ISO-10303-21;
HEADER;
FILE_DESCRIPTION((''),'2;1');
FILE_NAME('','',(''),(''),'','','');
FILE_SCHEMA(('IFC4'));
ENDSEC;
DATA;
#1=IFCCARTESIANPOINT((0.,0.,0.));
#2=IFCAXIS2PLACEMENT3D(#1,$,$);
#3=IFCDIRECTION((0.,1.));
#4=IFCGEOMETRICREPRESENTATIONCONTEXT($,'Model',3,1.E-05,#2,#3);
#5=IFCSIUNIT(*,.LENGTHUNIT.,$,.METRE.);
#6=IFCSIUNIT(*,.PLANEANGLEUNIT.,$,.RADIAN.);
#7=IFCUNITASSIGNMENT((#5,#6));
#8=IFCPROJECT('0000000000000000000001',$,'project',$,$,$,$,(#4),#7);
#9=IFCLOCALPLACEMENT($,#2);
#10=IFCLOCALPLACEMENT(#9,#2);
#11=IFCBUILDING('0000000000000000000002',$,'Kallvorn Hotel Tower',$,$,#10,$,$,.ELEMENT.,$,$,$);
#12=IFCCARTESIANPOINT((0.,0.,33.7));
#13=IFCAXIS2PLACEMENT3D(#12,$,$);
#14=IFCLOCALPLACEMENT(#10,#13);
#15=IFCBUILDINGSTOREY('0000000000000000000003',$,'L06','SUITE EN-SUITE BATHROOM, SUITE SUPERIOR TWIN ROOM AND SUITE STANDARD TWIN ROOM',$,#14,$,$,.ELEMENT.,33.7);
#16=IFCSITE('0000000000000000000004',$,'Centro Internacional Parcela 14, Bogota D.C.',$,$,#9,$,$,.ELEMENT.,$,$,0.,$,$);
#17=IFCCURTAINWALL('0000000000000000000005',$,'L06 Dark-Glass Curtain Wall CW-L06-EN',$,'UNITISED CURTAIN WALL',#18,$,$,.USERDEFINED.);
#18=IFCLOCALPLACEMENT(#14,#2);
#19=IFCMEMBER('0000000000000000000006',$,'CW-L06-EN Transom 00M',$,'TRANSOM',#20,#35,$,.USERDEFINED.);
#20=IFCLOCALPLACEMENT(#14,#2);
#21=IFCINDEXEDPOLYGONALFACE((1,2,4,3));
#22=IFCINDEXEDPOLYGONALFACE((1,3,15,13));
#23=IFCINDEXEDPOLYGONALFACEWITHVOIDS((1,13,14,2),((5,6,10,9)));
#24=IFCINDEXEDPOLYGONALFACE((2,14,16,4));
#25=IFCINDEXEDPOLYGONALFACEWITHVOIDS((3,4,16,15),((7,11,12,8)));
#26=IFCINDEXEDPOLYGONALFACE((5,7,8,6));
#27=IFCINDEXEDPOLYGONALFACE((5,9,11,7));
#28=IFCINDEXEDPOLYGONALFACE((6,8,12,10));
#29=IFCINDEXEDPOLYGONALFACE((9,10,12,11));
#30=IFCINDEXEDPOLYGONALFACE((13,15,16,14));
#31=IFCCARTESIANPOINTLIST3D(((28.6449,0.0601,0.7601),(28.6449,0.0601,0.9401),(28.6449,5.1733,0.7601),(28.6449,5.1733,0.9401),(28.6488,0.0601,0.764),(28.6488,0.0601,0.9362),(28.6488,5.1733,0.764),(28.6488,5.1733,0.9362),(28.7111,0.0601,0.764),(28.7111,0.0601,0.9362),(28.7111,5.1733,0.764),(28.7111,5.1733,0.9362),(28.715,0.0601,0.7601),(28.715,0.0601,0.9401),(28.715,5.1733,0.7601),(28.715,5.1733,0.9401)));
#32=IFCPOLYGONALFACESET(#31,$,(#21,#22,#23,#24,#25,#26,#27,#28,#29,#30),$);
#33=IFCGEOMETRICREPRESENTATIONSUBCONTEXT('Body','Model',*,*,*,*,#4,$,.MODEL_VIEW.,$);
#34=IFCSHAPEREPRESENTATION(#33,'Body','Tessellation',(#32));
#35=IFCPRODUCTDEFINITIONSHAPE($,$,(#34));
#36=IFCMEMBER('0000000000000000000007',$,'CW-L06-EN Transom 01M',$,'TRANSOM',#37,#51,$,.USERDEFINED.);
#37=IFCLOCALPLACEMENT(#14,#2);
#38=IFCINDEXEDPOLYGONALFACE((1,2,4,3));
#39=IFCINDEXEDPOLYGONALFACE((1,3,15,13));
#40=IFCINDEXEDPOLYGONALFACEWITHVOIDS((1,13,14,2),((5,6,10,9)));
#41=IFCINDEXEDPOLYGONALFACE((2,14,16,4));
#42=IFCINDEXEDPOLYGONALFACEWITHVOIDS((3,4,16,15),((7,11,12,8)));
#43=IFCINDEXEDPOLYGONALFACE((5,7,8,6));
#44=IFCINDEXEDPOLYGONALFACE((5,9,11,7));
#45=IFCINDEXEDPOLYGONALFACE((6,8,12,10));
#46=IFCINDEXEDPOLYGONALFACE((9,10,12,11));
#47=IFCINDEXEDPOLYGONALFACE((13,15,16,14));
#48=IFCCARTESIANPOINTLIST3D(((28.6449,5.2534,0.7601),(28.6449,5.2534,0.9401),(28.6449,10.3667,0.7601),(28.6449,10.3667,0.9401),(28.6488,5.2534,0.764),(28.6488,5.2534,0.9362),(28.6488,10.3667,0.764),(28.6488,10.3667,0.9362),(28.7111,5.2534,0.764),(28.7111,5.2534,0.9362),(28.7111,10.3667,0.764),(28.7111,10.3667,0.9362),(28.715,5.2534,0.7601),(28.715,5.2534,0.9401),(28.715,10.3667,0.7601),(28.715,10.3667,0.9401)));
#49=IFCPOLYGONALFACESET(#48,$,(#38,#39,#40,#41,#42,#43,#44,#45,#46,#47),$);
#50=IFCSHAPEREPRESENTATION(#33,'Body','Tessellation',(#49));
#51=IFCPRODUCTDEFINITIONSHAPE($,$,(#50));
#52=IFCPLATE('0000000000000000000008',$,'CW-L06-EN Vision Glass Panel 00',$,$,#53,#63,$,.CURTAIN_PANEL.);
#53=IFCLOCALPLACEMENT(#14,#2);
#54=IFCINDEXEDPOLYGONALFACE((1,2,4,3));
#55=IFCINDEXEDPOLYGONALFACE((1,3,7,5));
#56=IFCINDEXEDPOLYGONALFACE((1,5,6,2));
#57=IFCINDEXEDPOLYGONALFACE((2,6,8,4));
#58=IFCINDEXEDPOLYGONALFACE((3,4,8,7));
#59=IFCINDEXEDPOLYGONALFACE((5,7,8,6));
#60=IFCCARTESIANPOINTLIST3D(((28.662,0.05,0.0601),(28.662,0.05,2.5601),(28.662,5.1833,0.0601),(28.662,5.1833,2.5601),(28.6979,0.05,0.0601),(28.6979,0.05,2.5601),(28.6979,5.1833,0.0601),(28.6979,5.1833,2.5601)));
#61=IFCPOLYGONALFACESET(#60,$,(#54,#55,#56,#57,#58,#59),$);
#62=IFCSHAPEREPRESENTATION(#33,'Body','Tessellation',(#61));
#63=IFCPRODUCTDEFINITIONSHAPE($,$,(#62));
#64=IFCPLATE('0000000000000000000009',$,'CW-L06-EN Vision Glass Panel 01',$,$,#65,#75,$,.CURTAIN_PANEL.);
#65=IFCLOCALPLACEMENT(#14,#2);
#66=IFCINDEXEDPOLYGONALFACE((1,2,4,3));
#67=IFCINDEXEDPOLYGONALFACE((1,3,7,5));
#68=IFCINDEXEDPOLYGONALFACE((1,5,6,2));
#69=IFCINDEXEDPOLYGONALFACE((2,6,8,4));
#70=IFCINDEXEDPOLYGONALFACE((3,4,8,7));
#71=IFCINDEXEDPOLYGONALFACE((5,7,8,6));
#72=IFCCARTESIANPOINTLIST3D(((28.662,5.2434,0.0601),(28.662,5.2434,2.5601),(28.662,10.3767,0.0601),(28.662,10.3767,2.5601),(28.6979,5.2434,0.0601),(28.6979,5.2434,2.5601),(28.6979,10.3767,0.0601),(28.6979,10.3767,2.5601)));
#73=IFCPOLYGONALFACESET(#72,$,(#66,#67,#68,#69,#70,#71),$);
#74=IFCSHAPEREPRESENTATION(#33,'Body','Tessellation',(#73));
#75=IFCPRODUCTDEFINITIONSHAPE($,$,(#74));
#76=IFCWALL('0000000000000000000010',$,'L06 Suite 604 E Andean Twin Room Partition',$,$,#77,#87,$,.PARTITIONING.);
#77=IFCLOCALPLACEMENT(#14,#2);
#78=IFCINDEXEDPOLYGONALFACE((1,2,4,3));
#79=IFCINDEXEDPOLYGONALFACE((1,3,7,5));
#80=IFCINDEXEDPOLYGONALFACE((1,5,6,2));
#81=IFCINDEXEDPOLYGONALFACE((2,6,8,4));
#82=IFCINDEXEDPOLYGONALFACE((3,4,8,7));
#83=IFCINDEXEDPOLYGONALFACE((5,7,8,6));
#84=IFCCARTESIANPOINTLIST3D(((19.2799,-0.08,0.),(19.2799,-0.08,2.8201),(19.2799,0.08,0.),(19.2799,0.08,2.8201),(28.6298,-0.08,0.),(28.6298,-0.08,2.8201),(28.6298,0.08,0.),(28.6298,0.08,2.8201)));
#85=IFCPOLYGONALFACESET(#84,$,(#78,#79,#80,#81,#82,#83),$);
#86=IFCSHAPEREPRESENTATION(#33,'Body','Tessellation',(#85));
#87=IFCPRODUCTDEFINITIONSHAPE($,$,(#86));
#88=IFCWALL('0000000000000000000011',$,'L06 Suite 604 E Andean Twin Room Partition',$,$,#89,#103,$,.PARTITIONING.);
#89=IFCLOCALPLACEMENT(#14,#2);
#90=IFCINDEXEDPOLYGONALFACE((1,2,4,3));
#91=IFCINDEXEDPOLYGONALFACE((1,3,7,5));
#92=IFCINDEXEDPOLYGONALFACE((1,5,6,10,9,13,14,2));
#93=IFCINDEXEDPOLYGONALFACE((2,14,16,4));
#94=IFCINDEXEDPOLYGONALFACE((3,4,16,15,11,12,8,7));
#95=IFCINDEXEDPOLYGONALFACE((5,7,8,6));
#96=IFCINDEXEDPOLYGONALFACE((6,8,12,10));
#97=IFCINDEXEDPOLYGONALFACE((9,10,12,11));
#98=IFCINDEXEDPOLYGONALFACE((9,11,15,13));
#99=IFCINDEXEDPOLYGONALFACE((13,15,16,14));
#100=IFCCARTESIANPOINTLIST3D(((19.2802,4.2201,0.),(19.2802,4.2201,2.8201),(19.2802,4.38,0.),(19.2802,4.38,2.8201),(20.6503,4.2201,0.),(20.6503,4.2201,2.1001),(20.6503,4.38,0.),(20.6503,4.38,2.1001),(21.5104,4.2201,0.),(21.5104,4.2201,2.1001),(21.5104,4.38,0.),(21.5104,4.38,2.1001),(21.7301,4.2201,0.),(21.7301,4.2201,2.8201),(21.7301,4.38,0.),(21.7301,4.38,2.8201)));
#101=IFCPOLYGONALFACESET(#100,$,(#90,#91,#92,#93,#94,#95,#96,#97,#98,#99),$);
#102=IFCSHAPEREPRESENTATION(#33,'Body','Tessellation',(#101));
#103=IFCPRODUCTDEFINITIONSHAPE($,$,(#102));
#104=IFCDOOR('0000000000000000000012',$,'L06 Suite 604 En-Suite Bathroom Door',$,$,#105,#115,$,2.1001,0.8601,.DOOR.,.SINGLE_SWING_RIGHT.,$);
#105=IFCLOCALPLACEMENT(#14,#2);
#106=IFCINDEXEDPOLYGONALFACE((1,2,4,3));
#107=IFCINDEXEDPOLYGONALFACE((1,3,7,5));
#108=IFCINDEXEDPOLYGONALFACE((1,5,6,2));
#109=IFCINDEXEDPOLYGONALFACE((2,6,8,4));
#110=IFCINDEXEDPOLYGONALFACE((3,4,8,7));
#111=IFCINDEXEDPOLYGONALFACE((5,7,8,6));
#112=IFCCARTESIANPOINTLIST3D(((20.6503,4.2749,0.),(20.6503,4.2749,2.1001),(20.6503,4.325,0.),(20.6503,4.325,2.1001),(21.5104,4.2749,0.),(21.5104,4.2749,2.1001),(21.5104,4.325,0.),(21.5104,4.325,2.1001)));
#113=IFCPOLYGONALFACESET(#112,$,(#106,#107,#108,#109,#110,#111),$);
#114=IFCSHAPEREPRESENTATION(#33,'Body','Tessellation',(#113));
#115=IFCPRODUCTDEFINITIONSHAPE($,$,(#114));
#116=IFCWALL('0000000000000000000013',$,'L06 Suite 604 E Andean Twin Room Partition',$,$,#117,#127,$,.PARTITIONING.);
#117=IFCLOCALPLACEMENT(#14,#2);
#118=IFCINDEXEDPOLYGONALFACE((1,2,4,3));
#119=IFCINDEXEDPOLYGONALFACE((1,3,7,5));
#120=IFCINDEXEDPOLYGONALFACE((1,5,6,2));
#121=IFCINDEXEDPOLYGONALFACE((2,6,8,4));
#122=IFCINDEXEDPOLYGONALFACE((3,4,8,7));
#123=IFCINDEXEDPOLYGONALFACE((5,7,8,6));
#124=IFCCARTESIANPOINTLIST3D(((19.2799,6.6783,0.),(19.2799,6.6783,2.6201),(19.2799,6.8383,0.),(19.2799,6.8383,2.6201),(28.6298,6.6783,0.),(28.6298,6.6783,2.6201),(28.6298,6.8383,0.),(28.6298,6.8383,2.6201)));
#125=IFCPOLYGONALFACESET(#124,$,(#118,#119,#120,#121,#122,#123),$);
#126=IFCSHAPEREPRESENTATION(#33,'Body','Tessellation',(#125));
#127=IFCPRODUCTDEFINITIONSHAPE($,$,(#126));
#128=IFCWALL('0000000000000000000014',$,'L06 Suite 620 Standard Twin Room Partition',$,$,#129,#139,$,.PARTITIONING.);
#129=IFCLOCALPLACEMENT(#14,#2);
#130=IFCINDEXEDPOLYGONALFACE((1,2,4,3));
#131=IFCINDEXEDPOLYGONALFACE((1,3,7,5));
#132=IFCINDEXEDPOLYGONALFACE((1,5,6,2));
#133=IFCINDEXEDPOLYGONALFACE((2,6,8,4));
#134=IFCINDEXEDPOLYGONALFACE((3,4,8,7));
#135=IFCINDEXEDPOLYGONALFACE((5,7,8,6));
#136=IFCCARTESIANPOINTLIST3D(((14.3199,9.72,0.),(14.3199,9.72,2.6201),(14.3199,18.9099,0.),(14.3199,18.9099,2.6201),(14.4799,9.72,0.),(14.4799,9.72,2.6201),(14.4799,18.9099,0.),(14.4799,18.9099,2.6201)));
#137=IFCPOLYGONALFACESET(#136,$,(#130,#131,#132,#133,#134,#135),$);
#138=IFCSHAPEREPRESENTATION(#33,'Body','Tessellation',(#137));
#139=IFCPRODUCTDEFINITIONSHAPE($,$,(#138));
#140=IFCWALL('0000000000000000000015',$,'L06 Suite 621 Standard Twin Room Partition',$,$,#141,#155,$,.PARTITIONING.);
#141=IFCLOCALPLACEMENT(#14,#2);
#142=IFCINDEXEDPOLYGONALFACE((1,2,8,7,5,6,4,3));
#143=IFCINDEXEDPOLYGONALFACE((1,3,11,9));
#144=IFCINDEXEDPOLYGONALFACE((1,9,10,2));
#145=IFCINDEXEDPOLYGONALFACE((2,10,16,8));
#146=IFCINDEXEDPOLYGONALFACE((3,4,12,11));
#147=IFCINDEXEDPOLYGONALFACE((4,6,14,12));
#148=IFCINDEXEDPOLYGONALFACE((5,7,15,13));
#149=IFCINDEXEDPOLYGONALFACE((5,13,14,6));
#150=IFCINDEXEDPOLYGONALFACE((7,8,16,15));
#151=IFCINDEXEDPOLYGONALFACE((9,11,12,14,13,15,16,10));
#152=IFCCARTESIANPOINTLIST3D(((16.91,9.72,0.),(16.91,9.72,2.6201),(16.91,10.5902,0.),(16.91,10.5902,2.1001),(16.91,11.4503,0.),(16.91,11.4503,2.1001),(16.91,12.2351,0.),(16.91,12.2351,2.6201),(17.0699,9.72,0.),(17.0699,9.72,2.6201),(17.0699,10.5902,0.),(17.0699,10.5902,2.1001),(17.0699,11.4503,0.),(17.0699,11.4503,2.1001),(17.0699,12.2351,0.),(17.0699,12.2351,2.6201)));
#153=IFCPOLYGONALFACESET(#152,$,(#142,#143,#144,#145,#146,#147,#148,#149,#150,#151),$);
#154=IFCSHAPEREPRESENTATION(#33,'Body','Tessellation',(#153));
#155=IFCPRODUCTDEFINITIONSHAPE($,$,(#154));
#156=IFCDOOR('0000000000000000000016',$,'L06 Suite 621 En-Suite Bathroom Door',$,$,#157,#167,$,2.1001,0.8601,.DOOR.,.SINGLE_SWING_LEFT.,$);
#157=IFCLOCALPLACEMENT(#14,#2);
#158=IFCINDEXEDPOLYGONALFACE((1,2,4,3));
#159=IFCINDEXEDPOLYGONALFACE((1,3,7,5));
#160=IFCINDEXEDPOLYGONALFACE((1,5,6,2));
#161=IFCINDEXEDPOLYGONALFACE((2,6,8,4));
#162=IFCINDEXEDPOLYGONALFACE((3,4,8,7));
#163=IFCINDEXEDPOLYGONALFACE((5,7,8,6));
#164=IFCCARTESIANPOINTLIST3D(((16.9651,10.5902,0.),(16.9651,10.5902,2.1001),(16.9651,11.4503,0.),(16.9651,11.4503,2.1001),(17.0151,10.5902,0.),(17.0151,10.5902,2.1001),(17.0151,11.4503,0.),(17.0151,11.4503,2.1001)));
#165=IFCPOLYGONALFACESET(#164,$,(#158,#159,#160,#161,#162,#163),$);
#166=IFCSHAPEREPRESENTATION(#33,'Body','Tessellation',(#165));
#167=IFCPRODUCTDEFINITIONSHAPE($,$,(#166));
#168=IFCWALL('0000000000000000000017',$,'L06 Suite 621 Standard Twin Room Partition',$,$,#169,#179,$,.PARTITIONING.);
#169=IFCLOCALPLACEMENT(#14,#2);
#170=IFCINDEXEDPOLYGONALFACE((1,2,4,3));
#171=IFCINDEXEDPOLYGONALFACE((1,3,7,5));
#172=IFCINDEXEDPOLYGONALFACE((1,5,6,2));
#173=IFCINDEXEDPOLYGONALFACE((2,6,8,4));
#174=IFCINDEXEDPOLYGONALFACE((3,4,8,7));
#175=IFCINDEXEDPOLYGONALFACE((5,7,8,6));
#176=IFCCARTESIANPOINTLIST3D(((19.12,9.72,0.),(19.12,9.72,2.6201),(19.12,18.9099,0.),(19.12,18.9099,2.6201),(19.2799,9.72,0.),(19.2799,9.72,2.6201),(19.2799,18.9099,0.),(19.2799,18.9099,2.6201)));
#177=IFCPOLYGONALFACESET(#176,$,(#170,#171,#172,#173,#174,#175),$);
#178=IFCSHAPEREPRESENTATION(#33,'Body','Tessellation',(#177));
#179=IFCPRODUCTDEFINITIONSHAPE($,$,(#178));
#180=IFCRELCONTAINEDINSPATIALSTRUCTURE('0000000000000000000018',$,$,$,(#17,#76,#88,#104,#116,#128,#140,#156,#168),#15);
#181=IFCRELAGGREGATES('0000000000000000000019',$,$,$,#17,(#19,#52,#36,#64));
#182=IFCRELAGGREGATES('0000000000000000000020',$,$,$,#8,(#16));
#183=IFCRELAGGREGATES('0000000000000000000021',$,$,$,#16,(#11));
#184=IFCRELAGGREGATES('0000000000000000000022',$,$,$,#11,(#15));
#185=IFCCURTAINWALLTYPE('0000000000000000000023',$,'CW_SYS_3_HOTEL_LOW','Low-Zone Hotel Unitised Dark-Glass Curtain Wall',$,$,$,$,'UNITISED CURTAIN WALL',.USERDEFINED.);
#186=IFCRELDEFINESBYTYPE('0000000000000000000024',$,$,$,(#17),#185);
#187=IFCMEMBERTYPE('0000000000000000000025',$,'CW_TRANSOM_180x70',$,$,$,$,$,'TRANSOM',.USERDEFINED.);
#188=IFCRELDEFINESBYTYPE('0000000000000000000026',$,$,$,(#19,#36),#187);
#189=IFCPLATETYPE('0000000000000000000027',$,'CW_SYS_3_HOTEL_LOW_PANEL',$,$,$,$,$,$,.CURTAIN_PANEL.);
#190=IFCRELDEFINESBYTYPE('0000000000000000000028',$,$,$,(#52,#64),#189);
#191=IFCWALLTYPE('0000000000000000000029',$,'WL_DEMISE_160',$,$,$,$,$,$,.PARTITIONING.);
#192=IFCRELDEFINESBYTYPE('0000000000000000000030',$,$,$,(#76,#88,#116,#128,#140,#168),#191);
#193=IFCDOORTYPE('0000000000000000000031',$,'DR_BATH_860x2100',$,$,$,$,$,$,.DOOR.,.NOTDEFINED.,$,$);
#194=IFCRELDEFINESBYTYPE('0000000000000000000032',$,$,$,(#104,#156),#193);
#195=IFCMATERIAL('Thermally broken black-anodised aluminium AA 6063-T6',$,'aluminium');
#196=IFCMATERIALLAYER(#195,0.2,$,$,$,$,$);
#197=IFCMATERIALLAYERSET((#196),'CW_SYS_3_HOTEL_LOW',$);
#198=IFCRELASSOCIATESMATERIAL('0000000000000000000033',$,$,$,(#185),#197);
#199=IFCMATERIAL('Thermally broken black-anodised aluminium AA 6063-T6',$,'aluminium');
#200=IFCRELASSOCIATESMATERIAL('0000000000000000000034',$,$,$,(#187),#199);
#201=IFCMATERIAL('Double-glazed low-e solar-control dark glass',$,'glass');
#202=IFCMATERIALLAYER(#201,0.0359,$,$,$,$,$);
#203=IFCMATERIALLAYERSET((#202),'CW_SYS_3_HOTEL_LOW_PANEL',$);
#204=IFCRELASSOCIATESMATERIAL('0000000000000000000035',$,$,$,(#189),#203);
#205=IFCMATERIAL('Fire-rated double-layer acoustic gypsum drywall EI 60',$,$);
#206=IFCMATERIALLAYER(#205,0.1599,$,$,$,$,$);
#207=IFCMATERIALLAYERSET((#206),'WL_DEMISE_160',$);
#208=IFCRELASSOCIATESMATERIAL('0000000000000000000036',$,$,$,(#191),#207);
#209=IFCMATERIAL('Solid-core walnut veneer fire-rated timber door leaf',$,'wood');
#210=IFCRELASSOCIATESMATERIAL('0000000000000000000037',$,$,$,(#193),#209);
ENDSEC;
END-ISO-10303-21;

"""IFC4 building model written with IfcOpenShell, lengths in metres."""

from ifc_helpers import new_model, si_unit, direction, frame, frame_2d, origin, origin_2d, place, context, subcontext, project, spatial, rectangle, hollow_rectangle, extrude, material, layer, layer_set, material_profile, profile_set, type_object, element, fill, aggregate, save


model = new_model("IFC4")

# Units and contexts
model_context = context("Model", 3, precision=1e-05, world=origin(), true_north=direction((0.0, 1.0)))
body_context = subcontext(model_context, "Body", "Model", "MODEL_VIEW")
ifc_project = project(units=[si_unit("LENGTHUNIT", "METRE"), si_unit("PLANEANGLEUNIT", "RADIAN")], contexts=[model_context])

# Site, building, storey
site_placement = place(None, origin())
site = spatial("IfcSite", under=ifc_project, at=site_placement, Name="Centro Internacional Parcela 14, Bogota D.C.", CompositionType="ELEMENT", RefElevation=0.0)
building_placement = place(site_placement, origin())
building = spatial("IfcBuilding", under=site, at=building_placement, Name="Kallvorn Hotel Tower", CompositionType="ELEMENT")
storey_placement = place(building_placement, frame((0.0, 0.0, 33.7)))
storey = spatial("IfcBuildingStorey", under=building, at=storey_placement, Name="L06", Description="SUITE EN-SUITE BATHROOM, SUITE SUPERIOR TWIN ROOM AND SUITE STANDARD TWIN ROOM", CompositionType="ELEMENT", Elevation=33.7)

# Curtain wall, members, plates
ifc_material_1 = material(Name="Thermally broken black-anodised aluminium AA 6063-T6", Category="aluminium")
ifc_layer_1 = layer(ifc_material_1, 0.2)
ifc_layer_set_1 = layer_set([ifc_layer_1], Name="CW_SYS_3_HOTEL_LOW")
curtain_wall_type = type_object("IfcCurtainWallType", Name="CW_SYS_3_HOTEL_LOW", Description="Low-Zone Hotel Unitised Dark-Glass Curtain Wall", ElementType="UNITISED CURTAIN WALL", PredefinedType="USERDEFINED", material=ifc_layer_set_1)
curtain_wall_placement = place(storey_placement, origin())
curtain_wall = element("IfcCurtainWall", 1, at=curtain_wall_placement, inside=storey, type_object=curtain_wall_type, Name="L06 Dark-Glass Curtain Wall CW-L06-EN", ObjectType="UNITISED CURTAIN WALL", PredefinedType="USERDEFINED")
ifc_material_2 = material(Name="Thermally broken black-anodised aluminium AA 6063-T6", Category="aluminium")
ifc_material_profile_1 = material_profile(ifc_material_2, hollow_rectangle(XDim=0.0701, YDim=0.1799, WallThickness=0.0039, at=origin_2d()), Name="TRN 180x70")
ifc_profile_set_1 = profile_set([ifc_material_profile_1], Name="Thermally broken black-anodised aluminium AA 6063-T6")
member_type_1 = type_object("IfcMemberType", Name="CW_TRANSOM_180x70", ElementType="TRANSOM", PredefinedType="USERDEFINED", material=ifc_profile_set_1)
member_1_placement = place(storey_placement, frame((28.6799, 0.0601, 0.8501), z_axis=(0.0, 1.0, 0.0), x_axis=(-1.0, 0.0, 0.0)))
member_1 = element("IfcMember", 2, at=member_1_placement, type_object=member_type_1, Name="CW-L06-EN Transom 00M", ObjectType="TRANSOM", PredefinedType="USERDEFINED", context=body_context, shape_type="SweptSolid", body=[
    extrude(hollow_rectangle(XDim=0.0701, YDim=0.1799, WallThickness=0.0039, at=origin_2d()), origin(), (0.0, 0.0, 1.0), 5.1133),
])
member_2_placement = place(storey_placement, frame((28.6799, 5.2534, 0.8501), z_axis=(0.0, 1.0, 0.0), x_axis=(-1.0, 0.0, 0.0)))
member_2 = element("IfcMember", 3, at=member_2_placement, type_object=member_type_1, Name="CW-L06-EN Transom 01M", ObjectType="TRANSOM", PredefinedType="USERDEFINED", context=body_context, shape_type="SweptSolid", body=[
    extrude(hollow_rectangle(XDim=0.0701, YDim=0.1799, WallThickness=0.0039, at=origin_2d()), origin(), (0.0, 0.0, 1.0), 5.1133),
])
ifc_material_3 = material(Name="Double-glazed low-e solar-control dark glass", Category="glass")
ifc_layer_2 = layer(ifc_material_3, 0.0359)
ifc_layer_set_2 = layer_set([ifc_layer_2], Name="CW_SYS_3_HOTEL_LOW_PANEL")
plate_type = type_object("IfcPlateType", Name="CW_SYS_3_HOTEL_LOW_PANEL", PredefinedType="CURTAIN_PANEL", material=ifc_layer_set_2)
plate_1_placement = place(storey_placement, frame((28.6799, 2.6167, 0.0601), z_axis=(0.0, 0.0, 1.0), x_axis=(0.0, 1.0, 0.0)))
plate_1 = element("IfcPlate", 4, at=plate_1_placement, type_object=plate_type, Name="CW-L06-EN Vision Glass Panel 00", PredefinedType="CURTAIN_PANEL", context=body_context, shape_type="SweptSolid", body=[
    extrude(rectangle(XDim=5.1333, YDim=0.0359, at=origin_2d()), origin(), (0.0, 0.0, 1.0), 2.5),
])
plate_2_placement = place(storey_placement, frame((28.6799, 7.8101, 0.0601), z_axis=(0.0, 0.0, 1.0), x_axis=(0.0, 1.0, 0.0)))
plate_2 = element("IfcPlate", 5, at=plate_2_placement, type_object=plate_type, Name="CW-L06-EN Vision Glass Panel 01", PredefinedType="CURTAIN_PANEL", context=body_context, shape_type="SweptSolid", body=[
    extrude(rectangle(XDim=5.1333, YDim=0.0359, at=origin_2d()), origin(), (0.0, 0.0, 1.0), 2.5),
])
aggregate(curtain_wall, [member_1, plate_1, member_2, plate_2])

# Wall
ifc_material_4 = material(Name="Fire-rated double-layer acoustic gypsum drywall EI 60")
ifc_layer_3 = layer(ifc_material_4, 0.1599)
ifc_layer_set_3 = layer_set([ifc_layer_3], Name="WL_DEMISE_160")
wall_type = type_object("IfcWallType", Name="WL_DEMISE_160", PredefinedType="PARTITIONING", material=ifc_layer_set_3)
wall_1_placement = place(storey_placement, frame((19.28, 0.0, 0.0), z_axis=(0.0, 0.0, 1.0), x_axis=(1.0, 0.0, 0.0)))
element("IfcWall", 6, at=wall_1_placement, inside=storey, type_object=wall_type, Name="L06 Suite 604 E Andean Twin Room Partition", PredefinedType="PARTITIONING", context=body_context, shape_type="SweptSolid", body=[
    extrude(rectangle(XDim=9.3499, YDim=0.1599, at=frame_2d((4.6748, 0.0))), origin(), (0.0, 0.0, 1.0), 2.8201),
])

# Wall, opening, door
wall_2_placement = place(storey_placement, frame((19.28, 4.3, 0.0), z_axis=(0.0, 0.0, 1.0), x_axis=(1.0, 0.0, 0.0)))
wall_2 = element("IfcWall", 7, at=wall_2_placement, inside=storey, type_object=wall_type, Name="L06 Suite 604 E Andean Twin Room Partition", PredefinedType="PARTITIONING", context=body_context, shape_type="SweptSolid", body=[
    extrude(rectangle(XDim=2.45, YDim=0.1599, at=frame_2d((1.2251, 0.0))), origin(), (0.0, 0.0, 1.0), 2.8201),
])
opening_1_placement = place(wall_2_placement, frame((1.3701, 0.0, 0.0)))
opening_1 = element("IfcOpeningElement", 8, at=opening_1_placement, cuts=wall_2, PredefinedType="OPENING", context=body_context, shape_type="SweptSolid", body=[
    extrude(rectangle(XDim=0.8601, YDim=2.1001, at=frame_2d((0.4302, 1.05))), frame((0.0, 0.095, 0.0), z_axis=(0.0, -1.0, 0.0), x_axis=(1.0, 0.0, 0.0)), (0.0, 0.0, 1.0), 0.1899),
])
ifc_material_5 = material(Name="Solid-core walnut veneer fire-rated timber door leaf", Category="wood")
door_type = type_object("IfcDoorType", Name="DR_BATH_860x2100", OperationType="NOTDEFINED", PredefinedType="DOOR", material=ifc_material_5)
door_1_placement = place(opening_1_placement, origin())
door_1 = element("IfcDoor", 9, at=door_1_placement, inside=storey, type_object=door_type, Name="L06 Suite 604 En-Suite Bathroom Door", OperationType="SINGLE_SWING_RIGHT", OverallHeight=2.1001, OverallWidth=0.8601, PredefinedType="DOOR", context=body_context, shape_type="SweptSolid", body=[
    extrude(rectangle(XDim=0.8601, YDim=2.1001, at=frame_2d((0.4302, 1.05))), frame((0.0, 0.0249, 0.0), z_axis=(0.0, -1.0, 0.0), x_axis=(1.0, 0.0, 0.0)), (0.0, 0.0, 1.0), 0.05),
])
fill(opening_1, door_1)

# Walls
wall_3_placement = place(storey_placement, frame((19.28, 6.7583, 0.0), z_axis=(0.0, 0.0, 1.0), x_axis=(1.0, 0.0, 0.0)))
element("IfcWall", 10, at=wall_3_placement, inside=storey, type_object=wall_type, Name="L06 Suite 604 E Andean Twin Room Partition", PredefinedType="PARTITIONING", context=body_context, shape_type="SweptSolid", body=[
    extrude(rectangle(XDim=9.3499, YDim=0.1599, at=frame_2d((4.6748, 0.0))), origin(), (0.0, 0.0, 1.0), 2.6201),
])
wall_4_placement = place(storey_placement, frame((14.3999, 9.72, 0.0), z_axis=(0.0, 0.0, 1.0), x_axis=(0.0, 1.0, 0.0)))
element("IfcWall", 11, at=wall_4_placement, inside=storey, type_object=wall_type, Name="L06 Suite 620 Standard Twin Room Partition", PredefinedType="PARTITIONING", context=body_context, shape_type="SweptSolid", body=[
    extrude(rectangle(XDim=9.1899, YDim=0.1599, at=frame_2d((4.595, 0.0))), origin(), (0.0, 0.0, 1.0), 2.6201),
])

# Wall, opening, door
wall_5_placement = place(storey_placement, frame((16.99, 9.72, 0.0), z_axis=(0.0, 0.0, 1.0), x_axis=(0.0, 1.0, 0.0)))
wall_5 = element("IfcWall", 12, at=wall_5_placement, inside=storey, type_object=wall_type, Name="L06 Suite 621 Standard Twin Room Partition", PredefinedType="PARTITIONING", context=body_context, shape_type="SweptSolid", body=[
    extrude(rectangle(XDim=2.5151, YDim=0.1599, at=frame_2d((1.2576, 0.0))), origin(), (0.0, 0.0, 1.0), 2.6201),
])
opening_2_placement = place(wall_5_placement, frame((0.8701, 0.0, 0.0)))
opening_2 = element("IfcOpeningElement", 13, at=opening_2_placement, cuts=wall_5, PredefinedType="OPENING", context=body_context, shape_type="SweptSolid", body=[
    extrude(rectangle(XDim=0.8601, YDim=2.1001, at=frame_2d((0.4302, 1.05))), frame((0.0, 0.095, 0.0), z_axis=(0.0, -1.0, 0.0), x_axis=(1.0, 0.0, 0.0)), (0.0, 0.0, 1.0), 0.1899),
])
door_2_placement = place(opening_2_placement, origin())
door_2 = element("IfcDoor", 14, at=door_2_placement, inside=storey, type_object=door_type, Name="L06 Suite 621 En-Suite Bathroom Door", OperationType="SINGLE_SWING_LEFT", OverallHeight=2.1001, OverallWidth=0.8601, PredefinedType="DOOR", context=body_context, shape_type="SweptSolid", body=[
    extrude(rectangle(XDim=0.8601, YDim=2.1001, at=frame_2d((0.4302, 1.05))), frame((0.0, 0.0249, 0.0), z_axis=(0.0, -1.0, 0.0), x_axis=(1.0, 0.0, 0.0)), (0.0, 0.0, 1.0), 0.05),
])
fill(opening_2, door_2)

# Wall
wall_6_placement = place(storey_placement, frame((19.2, 9.72, 0.0), z_axis=(0.0, 0.0, 1.0), x_axis=(0.0, 1.0, 0.0)))
element("IfcWall", 15, at=wall_6_placement, inside=storey, type_object=wall_type, Name="L06 Suite 621 Standard Twin Room Partition", PredefinedType="PARTITIONING", context=body_context, shape_type="SweptSolid", body=[
    extrude(rectangle(XDim=9.1899, YDim=0.1599, at=frame_2d((4.595, 0.0))), origin(), (0.0, 0.0, 1.0), 2.6201),
])

save(model, "model.ifc")
